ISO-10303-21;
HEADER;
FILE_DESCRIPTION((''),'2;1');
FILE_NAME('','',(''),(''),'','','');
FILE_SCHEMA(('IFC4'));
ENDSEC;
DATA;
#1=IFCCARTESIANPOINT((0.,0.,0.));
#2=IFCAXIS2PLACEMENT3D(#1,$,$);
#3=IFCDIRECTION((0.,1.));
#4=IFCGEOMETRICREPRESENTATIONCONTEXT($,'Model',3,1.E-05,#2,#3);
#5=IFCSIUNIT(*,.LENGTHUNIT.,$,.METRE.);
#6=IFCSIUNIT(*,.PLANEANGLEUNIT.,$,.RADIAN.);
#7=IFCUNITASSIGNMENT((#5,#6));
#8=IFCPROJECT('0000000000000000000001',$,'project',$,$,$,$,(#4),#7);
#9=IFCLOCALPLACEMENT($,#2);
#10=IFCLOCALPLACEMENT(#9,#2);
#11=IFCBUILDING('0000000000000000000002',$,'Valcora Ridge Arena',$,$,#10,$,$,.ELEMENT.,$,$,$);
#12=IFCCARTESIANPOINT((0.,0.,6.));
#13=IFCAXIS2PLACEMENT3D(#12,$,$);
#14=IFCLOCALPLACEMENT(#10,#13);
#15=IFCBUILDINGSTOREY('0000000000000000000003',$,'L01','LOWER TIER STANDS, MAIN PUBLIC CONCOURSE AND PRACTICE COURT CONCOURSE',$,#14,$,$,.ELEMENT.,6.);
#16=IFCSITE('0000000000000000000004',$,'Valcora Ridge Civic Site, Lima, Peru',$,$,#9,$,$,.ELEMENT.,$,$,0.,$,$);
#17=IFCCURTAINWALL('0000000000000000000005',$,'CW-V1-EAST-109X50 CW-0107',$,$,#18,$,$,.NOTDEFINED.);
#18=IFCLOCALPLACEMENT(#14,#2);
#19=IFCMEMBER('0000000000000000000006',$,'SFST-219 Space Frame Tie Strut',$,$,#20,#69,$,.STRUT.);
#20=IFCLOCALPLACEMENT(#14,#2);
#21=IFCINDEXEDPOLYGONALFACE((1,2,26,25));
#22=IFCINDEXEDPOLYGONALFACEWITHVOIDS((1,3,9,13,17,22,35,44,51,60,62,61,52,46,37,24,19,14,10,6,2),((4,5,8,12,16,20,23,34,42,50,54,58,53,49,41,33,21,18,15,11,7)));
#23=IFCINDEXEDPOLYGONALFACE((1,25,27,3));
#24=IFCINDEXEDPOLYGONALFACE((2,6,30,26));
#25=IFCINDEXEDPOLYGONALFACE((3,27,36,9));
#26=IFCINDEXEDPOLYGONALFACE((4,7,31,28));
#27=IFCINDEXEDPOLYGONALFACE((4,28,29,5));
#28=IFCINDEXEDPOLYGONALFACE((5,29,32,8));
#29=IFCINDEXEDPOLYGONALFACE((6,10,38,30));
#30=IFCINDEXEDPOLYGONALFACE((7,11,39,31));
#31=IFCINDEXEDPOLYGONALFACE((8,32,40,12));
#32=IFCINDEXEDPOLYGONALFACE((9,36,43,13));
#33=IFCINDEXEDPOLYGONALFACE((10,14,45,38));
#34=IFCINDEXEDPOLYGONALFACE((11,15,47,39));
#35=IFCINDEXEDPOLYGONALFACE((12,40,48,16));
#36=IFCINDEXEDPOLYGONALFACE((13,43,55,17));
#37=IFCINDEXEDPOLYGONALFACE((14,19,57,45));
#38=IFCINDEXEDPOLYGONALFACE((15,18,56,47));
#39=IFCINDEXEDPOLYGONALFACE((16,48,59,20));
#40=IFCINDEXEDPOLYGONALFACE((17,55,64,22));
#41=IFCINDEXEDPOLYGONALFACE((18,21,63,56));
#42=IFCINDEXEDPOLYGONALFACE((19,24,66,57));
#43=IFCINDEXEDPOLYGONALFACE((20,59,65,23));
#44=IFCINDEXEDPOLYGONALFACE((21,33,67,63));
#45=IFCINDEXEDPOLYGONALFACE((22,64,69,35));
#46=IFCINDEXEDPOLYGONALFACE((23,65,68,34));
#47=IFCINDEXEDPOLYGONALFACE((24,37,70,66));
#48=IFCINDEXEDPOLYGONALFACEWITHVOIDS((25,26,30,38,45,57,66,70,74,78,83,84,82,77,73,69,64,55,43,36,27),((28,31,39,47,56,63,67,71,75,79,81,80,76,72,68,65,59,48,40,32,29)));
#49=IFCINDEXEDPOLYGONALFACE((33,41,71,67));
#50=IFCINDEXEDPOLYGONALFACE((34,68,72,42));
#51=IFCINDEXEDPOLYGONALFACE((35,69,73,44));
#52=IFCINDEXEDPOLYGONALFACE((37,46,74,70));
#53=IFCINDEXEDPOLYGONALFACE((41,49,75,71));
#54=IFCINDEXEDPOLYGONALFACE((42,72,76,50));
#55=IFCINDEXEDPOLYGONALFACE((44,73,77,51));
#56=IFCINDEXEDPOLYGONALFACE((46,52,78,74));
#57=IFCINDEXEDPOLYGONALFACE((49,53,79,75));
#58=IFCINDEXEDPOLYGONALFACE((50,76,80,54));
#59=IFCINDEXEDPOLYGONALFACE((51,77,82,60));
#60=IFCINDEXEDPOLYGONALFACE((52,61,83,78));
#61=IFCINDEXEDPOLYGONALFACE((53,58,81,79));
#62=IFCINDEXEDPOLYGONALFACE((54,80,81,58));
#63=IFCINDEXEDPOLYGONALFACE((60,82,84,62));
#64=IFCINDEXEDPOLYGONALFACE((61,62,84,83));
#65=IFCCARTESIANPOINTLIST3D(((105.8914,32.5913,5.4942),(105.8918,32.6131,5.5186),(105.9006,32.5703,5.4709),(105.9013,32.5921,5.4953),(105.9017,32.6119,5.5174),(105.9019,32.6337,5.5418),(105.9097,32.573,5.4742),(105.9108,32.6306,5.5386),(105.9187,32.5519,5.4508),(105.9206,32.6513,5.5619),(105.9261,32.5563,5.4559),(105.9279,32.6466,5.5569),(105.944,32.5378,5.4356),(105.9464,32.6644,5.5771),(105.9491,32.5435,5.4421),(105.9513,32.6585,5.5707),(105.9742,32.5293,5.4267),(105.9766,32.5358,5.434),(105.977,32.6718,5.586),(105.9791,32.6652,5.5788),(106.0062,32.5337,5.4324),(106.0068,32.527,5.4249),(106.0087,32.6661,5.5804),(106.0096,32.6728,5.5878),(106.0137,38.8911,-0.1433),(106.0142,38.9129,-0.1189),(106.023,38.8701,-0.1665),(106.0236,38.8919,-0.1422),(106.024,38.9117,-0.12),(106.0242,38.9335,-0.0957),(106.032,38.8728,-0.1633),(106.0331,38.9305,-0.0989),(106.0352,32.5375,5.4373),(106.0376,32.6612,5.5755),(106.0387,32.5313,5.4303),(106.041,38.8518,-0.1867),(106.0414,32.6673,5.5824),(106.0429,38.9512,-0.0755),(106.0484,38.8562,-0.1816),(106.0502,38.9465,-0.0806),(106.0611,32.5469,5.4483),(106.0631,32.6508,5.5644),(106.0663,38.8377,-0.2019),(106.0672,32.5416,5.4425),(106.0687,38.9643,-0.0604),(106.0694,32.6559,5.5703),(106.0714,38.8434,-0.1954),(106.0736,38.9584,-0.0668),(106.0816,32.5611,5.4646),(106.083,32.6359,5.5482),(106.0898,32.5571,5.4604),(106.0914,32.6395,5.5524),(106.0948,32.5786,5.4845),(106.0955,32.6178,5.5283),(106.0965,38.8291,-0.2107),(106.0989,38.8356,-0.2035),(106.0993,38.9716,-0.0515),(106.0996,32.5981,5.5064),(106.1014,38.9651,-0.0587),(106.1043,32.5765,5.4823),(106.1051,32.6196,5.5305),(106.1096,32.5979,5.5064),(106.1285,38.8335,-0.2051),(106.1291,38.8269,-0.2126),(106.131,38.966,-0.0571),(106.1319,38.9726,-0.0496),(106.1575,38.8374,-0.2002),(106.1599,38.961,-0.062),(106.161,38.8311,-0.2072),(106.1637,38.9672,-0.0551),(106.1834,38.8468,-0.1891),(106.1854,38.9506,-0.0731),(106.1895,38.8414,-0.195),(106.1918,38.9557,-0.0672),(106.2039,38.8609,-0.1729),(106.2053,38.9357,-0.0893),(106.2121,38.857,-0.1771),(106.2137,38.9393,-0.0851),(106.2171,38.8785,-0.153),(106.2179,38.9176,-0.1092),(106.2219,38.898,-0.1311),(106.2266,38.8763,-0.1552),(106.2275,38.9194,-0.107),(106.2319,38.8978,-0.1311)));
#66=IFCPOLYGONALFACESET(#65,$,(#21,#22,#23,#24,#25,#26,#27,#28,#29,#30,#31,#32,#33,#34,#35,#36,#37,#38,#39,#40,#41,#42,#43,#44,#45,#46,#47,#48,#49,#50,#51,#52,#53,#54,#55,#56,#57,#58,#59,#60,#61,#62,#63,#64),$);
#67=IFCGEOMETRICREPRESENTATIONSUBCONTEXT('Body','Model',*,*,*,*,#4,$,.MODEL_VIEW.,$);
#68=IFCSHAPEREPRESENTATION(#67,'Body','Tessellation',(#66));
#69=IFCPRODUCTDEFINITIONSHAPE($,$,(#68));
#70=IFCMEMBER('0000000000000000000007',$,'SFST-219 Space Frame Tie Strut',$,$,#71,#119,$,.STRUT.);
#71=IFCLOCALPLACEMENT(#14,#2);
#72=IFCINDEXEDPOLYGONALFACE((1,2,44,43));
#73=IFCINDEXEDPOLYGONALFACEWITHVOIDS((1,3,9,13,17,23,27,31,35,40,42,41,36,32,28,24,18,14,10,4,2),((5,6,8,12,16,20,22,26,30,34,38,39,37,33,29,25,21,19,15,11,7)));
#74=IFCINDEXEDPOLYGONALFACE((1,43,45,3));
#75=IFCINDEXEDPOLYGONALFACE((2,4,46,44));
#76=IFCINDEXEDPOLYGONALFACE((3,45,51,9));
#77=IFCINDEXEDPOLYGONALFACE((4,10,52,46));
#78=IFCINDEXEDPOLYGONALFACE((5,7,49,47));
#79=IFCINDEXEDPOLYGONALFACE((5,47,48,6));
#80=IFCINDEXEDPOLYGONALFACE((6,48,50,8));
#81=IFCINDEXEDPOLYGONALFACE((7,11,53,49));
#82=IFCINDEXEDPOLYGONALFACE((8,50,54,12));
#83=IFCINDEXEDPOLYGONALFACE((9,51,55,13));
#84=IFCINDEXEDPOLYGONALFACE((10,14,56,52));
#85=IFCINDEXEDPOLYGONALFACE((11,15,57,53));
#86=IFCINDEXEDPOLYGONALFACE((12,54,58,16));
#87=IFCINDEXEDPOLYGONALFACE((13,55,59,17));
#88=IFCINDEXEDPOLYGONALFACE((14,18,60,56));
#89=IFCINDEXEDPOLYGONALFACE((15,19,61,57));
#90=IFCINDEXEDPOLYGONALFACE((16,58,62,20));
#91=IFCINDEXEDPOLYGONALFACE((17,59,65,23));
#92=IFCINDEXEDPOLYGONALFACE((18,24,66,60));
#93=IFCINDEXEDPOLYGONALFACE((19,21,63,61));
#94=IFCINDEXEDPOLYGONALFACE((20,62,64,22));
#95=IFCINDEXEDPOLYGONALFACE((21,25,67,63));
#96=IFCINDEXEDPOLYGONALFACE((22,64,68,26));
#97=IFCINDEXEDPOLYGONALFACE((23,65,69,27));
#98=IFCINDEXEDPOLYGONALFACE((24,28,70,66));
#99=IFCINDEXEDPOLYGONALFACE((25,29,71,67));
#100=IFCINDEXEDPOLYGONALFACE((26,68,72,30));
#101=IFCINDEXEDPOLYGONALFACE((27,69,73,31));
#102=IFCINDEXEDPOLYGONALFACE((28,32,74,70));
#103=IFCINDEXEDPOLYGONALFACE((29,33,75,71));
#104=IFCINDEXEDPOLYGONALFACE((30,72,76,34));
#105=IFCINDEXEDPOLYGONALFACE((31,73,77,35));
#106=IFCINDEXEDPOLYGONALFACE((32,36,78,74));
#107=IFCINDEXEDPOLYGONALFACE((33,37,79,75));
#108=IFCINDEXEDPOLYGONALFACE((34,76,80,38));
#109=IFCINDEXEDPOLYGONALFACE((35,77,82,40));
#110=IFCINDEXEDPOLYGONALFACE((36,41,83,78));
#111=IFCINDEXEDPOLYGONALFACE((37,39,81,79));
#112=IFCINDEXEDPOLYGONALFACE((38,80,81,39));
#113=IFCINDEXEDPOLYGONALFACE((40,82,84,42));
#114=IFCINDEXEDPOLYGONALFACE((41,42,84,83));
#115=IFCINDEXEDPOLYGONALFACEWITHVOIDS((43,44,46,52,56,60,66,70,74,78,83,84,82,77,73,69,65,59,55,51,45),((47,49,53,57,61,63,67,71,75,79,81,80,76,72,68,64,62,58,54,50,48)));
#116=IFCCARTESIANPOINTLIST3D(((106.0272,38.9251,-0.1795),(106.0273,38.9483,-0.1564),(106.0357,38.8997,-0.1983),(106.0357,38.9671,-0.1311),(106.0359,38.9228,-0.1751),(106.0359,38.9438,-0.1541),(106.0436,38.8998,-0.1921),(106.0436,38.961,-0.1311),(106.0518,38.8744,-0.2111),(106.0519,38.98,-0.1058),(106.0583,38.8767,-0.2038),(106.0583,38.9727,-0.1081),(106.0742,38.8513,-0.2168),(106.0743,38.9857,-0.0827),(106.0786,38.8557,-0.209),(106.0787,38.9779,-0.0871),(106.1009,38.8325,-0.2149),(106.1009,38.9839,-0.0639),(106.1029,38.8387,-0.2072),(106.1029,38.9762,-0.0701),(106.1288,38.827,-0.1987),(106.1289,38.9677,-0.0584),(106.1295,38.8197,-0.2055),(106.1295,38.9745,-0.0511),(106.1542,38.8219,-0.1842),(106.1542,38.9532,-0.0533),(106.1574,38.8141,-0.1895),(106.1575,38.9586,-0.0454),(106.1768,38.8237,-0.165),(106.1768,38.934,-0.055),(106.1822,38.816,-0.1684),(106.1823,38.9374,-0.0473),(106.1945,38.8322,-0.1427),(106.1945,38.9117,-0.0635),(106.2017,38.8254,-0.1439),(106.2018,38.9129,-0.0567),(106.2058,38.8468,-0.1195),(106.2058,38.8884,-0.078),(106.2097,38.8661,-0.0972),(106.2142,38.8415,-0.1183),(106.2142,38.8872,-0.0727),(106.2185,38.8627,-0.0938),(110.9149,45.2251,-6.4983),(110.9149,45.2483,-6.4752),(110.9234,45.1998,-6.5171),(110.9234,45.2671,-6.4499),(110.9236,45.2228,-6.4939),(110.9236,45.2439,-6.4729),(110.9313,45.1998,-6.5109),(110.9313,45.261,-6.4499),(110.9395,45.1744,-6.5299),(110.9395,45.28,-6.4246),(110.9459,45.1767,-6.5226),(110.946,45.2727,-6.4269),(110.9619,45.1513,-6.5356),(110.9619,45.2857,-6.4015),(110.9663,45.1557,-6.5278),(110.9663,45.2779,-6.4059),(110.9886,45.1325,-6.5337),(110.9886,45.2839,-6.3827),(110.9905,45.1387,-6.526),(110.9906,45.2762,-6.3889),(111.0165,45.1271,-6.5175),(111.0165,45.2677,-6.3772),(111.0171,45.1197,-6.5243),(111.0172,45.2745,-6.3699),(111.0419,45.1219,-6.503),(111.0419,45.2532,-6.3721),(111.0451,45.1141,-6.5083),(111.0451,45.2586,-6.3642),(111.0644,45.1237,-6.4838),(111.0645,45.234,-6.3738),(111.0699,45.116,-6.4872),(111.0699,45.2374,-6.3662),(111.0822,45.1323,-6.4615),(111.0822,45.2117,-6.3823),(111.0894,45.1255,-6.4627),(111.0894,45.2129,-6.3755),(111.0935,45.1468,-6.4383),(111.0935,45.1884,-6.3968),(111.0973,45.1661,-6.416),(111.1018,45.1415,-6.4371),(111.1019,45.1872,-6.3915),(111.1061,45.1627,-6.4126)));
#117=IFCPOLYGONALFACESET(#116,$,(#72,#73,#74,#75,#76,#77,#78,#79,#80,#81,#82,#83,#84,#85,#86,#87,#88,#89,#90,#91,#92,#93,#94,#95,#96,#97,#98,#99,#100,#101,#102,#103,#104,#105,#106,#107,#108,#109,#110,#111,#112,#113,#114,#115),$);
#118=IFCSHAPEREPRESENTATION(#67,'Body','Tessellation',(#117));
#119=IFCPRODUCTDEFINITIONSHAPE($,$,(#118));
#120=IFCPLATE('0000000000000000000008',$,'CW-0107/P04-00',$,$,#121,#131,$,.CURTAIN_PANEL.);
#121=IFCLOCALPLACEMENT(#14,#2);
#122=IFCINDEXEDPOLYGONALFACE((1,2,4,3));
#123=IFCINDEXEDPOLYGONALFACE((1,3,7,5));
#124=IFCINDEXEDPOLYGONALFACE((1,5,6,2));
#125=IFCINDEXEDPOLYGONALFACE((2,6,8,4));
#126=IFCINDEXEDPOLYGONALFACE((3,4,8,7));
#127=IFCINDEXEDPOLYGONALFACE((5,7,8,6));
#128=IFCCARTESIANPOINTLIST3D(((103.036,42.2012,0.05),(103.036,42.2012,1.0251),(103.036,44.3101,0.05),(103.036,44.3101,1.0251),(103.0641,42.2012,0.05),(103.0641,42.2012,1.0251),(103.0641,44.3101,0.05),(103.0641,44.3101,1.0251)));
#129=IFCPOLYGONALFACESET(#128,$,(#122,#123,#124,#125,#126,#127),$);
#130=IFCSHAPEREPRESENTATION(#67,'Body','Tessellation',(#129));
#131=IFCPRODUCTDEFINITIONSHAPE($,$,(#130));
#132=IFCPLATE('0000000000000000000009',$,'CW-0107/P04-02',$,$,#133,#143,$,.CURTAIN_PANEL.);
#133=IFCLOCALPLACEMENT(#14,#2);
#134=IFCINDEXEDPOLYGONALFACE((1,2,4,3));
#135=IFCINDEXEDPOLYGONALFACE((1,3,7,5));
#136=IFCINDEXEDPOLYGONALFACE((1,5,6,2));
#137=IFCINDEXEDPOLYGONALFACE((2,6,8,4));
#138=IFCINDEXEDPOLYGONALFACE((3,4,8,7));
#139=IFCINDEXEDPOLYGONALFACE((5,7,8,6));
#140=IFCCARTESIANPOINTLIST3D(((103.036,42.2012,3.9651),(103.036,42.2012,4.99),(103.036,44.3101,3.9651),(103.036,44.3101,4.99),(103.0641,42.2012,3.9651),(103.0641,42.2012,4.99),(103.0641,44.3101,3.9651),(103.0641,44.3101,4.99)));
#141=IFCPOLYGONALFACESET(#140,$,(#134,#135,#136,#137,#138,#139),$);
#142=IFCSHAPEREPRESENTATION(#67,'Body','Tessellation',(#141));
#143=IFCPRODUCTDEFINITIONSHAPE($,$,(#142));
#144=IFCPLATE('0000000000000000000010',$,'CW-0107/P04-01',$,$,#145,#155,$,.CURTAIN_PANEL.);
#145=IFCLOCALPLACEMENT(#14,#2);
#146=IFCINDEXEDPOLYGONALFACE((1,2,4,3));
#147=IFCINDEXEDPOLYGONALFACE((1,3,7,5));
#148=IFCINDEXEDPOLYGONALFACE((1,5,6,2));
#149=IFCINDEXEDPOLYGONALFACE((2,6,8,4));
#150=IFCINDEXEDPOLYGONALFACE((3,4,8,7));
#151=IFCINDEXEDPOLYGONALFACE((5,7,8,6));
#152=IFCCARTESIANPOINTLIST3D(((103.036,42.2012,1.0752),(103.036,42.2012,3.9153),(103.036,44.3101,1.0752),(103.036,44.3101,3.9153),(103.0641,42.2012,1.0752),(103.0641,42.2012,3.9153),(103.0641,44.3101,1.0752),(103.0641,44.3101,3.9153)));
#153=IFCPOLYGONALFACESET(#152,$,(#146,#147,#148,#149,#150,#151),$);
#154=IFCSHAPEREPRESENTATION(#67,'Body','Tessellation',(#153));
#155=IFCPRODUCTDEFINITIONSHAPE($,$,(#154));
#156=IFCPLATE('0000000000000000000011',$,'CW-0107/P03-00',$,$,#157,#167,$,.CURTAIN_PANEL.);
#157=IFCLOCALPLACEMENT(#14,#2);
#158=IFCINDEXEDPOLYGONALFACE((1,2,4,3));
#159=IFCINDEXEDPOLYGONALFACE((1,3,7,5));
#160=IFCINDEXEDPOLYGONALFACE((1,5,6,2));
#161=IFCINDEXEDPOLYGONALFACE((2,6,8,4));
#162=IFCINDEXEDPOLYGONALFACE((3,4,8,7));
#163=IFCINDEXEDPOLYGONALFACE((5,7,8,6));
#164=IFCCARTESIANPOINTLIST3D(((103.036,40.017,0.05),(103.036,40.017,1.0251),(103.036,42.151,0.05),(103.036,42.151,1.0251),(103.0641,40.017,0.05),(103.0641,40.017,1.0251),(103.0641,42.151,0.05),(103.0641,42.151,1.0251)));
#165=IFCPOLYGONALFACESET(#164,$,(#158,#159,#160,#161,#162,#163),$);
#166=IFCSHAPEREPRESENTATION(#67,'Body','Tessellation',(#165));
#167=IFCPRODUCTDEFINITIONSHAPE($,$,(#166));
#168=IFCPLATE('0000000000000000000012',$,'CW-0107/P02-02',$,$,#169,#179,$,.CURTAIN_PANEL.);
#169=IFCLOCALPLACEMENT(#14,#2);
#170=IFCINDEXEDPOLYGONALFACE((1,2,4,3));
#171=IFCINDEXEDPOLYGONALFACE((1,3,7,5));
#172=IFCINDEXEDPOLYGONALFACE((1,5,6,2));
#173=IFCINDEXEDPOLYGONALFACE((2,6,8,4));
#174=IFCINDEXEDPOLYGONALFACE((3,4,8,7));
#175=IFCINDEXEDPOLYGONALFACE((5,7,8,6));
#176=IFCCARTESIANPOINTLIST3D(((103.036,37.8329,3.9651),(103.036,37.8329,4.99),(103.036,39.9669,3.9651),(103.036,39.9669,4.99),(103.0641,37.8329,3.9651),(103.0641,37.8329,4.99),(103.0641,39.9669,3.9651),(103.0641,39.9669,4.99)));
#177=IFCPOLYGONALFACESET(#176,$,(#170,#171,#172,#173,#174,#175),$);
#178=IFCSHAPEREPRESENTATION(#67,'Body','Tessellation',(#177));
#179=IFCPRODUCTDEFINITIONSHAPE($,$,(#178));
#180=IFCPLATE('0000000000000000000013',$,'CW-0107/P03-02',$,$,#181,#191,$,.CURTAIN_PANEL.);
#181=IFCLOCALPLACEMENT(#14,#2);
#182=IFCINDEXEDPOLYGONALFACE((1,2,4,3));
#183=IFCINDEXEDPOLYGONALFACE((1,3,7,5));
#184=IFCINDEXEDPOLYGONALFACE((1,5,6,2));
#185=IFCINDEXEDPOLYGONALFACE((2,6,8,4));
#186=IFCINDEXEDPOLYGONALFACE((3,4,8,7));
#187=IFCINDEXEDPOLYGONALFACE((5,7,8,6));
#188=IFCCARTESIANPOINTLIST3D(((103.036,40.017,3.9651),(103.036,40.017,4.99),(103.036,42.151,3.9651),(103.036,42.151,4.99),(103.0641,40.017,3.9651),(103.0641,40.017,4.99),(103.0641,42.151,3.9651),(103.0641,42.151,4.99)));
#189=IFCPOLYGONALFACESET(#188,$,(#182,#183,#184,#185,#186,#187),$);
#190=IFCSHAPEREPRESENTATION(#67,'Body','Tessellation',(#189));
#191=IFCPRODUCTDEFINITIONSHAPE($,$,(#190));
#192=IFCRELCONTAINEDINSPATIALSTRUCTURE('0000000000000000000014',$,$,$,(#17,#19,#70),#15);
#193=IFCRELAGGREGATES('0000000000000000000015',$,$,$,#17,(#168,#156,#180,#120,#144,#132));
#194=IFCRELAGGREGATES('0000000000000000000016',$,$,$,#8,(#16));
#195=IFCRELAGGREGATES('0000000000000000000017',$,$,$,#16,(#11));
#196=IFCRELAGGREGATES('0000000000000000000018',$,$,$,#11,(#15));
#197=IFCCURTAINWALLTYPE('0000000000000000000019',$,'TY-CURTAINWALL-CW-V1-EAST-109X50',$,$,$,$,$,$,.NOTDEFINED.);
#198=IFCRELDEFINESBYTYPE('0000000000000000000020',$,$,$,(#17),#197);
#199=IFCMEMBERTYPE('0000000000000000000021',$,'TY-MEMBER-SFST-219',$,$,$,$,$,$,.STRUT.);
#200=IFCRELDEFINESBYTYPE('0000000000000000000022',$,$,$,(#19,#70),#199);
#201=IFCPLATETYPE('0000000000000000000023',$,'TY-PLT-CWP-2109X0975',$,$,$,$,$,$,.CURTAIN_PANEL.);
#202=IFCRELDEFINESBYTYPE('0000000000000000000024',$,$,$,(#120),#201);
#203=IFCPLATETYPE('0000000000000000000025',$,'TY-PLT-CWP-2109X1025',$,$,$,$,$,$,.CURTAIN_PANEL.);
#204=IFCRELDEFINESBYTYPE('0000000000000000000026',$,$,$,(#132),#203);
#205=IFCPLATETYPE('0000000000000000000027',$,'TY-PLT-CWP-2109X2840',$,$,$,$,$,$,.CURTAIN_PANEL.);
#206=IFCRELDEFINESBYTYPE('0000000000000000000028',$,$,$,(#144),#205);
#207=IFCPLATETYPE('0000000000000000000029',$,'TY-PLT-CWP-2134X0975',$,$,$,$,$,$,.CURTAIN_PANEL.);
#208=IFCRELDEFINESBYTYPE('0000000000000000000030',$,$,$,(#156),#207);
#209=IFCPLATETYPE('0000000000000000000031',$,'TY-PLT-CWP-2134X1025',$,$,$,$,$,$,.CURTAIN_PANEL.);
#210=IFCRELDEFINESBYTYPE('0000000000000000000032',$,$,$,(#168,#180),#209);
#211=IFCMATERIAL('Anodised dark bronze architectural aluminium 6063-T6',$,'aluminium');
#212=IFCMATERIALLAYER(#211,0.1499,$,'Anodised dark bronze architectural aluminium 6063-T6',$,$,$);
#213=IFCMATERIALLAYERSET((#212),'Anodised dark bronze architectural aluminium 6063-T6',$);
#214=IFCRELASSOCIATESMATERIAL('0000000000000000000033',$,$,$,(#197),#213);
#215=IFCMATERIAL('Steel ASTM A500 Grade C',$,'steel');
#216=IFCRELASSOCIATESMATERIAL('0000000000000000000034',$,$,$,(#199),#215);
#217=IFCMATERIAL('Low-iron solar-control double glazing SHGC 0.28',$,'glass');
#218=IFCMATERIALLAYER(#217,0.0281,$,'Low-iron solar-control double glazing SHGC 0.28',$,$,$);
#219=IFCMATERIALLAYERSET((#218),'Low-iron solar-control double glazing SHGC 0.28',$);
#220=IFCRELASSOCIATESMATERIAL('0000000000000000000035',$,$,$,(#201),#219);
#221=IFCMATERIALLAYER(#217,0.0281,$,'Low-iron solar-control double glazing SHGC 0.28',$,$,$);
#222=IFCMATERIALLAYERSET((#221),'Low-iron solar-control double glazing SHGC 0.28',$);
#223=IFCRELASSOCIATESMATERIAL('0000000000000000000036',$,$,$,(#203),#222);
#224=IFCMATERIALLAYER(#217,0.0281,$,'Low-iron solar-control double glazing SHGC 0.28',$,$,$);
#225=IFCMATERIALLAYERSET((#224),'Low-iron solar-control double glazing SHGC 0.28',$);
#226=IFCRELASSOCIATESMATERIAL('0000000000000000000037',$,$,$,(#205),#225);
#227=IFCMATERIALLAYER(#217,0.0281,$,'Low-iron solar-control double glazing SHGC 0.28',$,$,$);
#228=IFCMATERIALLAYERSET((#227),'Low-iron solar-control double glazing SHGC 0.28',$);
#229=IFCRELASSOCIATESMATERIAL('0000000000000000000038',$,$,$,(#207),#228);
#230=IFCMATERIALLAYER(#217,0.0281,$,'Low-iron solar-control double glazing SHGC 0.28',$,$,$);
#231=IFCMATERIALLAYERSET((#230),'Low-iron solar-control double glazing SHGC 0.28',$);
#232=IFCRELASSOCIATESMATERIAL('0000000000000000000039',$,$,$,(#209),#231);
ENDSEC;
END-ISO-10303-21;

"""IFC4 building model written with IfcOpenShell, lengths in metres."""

from ifc_helpers import new_model, si_unit, direction, frame, origin, origin_2d, place, context, subcontext, project, spatial, rectangle, hollow_circle, extrude, material, layer, layer_set, material_profile, profile_set, type_object, element, aggregate, save


model = new_model("IFC4")

# Units and contexts
model_context = context("Model", 3, precision=1e-05, world=origin(), true_north=direction((0.0, 1.0)))
body_context = subcontext(model_context, "Body", "Model", "MODEL_VIEW")
ifc_project = project(units=[si_unit("LENGTHUNIT", "METRE"), si_unit("PLANEANGLEUNIT", "RADIAN")], contexts=[model_context])

# Site, building, storey
site_placement = place(None, origin())
site = spatial("IfcSite", under=ifc_project, at=site_placement, Name="Valcora Ridge Civic Site, Lima, Peru", CompositionType="ELEMENT", RefElevation=0.0)
building_placement = place(site_placement, origin())
building = spatial("IfcBuilding", under=site, at=building_placement, Name="Valcora Ridge Arena", CompositionType="ELEMENT")
storey_placement = place(building_placement, frame((0.0, 0.0, 6.0)))
storey = spatial("IfcBuildingStorey", under=building, at=storey_placement, Name="L01", Description="LOWER TIER STANDS, MAIN PUBLIC CONCOURSE AND PRACTICE COURT CONCOURSE", CompositionType="ELEMENT", Elevation=6.0)

# Curtain wall
ifc_material_1 = material(Name="Anodised dark bronze architectural aluminium 6063-T6", Category="aluminium")
ifc_layer_1 = layer(ifc_material_1, 0.1499, Name="Anodised dark bronze architectural aluminium 6063-T6")
ifc_layer_set_1 = layer_set([ifc_layer_1], Name="Anodised dark bronze architectural aluminium 6063-T6")
curtain_wall_type = type_object("IfcCurtainWallType", Name="TY-CURTAINWALL-CW-V1-EAST-109X50", PredefinedType="NOTDEFINED", material=ifc_layer_set_1)
curtain_wall_placement = place(storey_placement, origin())
curtain_wall = element("IfcCurtainWall", 1, at=curtain_wall_placement, inside=storey, type_object=curtain_wall_type, Name="CW-V1-EAST-109X50 CW-0107", PredefinedType="NOTDEFINED")

# Members
ifc_material_2 = material(Name="Steel ASTM A500 Grade C", Category="steel")
ifc_material_profile_1 = material_profile(ifc_material_2, hollow_circle(Radius=0.1096, WallThickness=0.01, at=origin_2d()), Name="CHS219X10")
ifc_profile_set_1 = profile_set([ifc_material_profile_1], Name="Steel ASTM A500 Grade C")
member_type_1 = type_object("IfcMemberType", Name="TY-MEMBER-SFST-219", PredefinedType="STRUT", material=ifc_profile_set_1)
member_1_placement = place(storey_placement, frame((106.1223, 38.8999, -0.1311), z_axis=(-0.014467, -0.745117, 0.666777), x_axis=(0.999812, -0.019412, 0.0)))
element("IfcMember", 2, at=member_1_placement, inside=storey, type_object=member_type_1, Name="SFST-219 Space Frame Tie Strut", PredefinedType="STRUT", context=body_context, shape_type="SweptSolid", body=[
    extrude(hollow_circle(Radius=0.1096, WallThickness=0.01, at=origin_2d()), origin(), (0.0, 0.0, 1.0), 8.4548),
])
member_2_placement = place(storey_placement, frame((106.1223, 38.8999, -0.1311), z_axis=(0.480416, 0.619237, -0.621085), x_axis=(-0.790102, 0.612976, 0.0)))
element("IfcMember", 3, at=member_2_placement, inside=storey, type_object=member_type_1, Name="SFST-219 Space Frame Tie Strut", PredefinedType="STRUT", context=body_context, shape_type="SweptSolid", body=[
    extrude(hollow_circle(Radius=0.1096, WallThickness=0.01, at=origin_2d()), origin(), (0.0, 0.0, 1.0), 10.1738),
])

# Plates
ifc_material_3 = material(Name="Low-iron solar-control double glazing SHGC 0.28", Category="glass")
ifc_layer_2 = layer(ifc_material_3, 0.0281, Name="Low-iron solar-control double glazing SHGC 0.28")
ifc_layer_set_2 = layer_set([ifc_layer_2], Name="Low-iron solar-control double glazing SHGC 0.28")
plate_type_1 = type_object("IfcPlateType", Name="TY-PLT-CWP-2109X0975", PredefinedType="CURTAIN_PANEL", material=ifc_layer_set_2)
plate_1_placement = place(storey_placement, frame((103.05, 43.2556, 0.05), z_axis=(0.0, 0.0, 1.0), x_axis=(0.0, 1.0, 0.0)))
plate_1 = element("IfcPlate", 4, at=plate_1_placement, type_object=plate_type_1, Name="CW-0107/P04-00", PredefinedType="CURTAIN_PANEL", context=body_context, shape_type="SweptSolid", body=[
    extrude(rectangle(XDim=2.1089, YDim=0.0281, at=origin_2d()), origin(), (0.0, 0.0, 1.0), 0.9751),
])
ifc_layer_3 = layer(ifc_material_3, 0.0281, Name="Low-iron solar-control double glazing SHGC 0.28")
ifc_layer_set_3 = layer_set([ifc_layer_3], Name="Low-iron solar-control double glazing SHGC 0.28")
plate_type_2 = type_object("IfcPlateType", Name="TY-PLT-CWP-2109X1025", PredefinedType="CURTAIN_PANEL", material=ifc_layer_set_3)
plate_2_placement = place(storey_placement, frame((103.05, 43.2556, 3.9651), z_axis=(0.0, 0.0, 1.0), x_axis=(0.0, 1.0, 0.0)))
plate_2 = element("IfcPlate", 5, at=plate_2_placement, type_object=plate_type_2, Name="CW-0107/P04-02", PredefinedType="CURTAIN_PANEL", context=body_context, shape_type="SweptSolid", body=[
    extrude(rectangle(XDim=2.1089, YDim=0.0281, at=origin_2d()), origin(), (0.0, 0.0, 1.0), 1.0249),
])
ifc_layer_4 = layer(ifc_material_3, 0.0281, Name="Low-iron solar-control double glazing SHGC 0.28")
ifc_layer_set_4 = layer_set([ifc_layer_4], Name="Low-iron solar-control double glazing SHGC 0.28")
plate_type_3 = type_object("IfcPlateType", Name="TY-PLT-CWP-2109X2840", PredefinedType="CURTAIN_PANEL", material=ifc_layer_set_4)
plate_3_placement = place(storey_placement, frame((103.05, 43.2556, 1.0752), z_axis=(0.0, 0.0, 1.0), x_axis=(0.0, 1.0, 0.0)))
plate_3 = element("IfcPlate", 6, at=plate_3_placement, type_object=plate_type_3, Name="CW-0107/P04-01", PredefinedType="CURTAIN_PANEL", context=body_context, shape_type="SweptSolid", body=[
    extrude(rectangle(XDim=2.1089, YDim=0.0281, at=origin_2d()), origin(), (0.0, 0.0, 1.0), 2.8401),
])
ifc_layer_5 = layer(ifc_material_3, 0.0281, Name="Low-iron solar-control double glazing SHGC 0.28")
ifc_layer_set_5 = layer_set([ifc_layer_5], Name="Low-iron solar-control double glazing SHGC 0.28")
plate_type_4 = type_object("IfcPlateType", Name="TY-PLT-CWP-2134X0975", PredefinedType="CURTAIN_PANEL", material=ifc_layer_set_5)
plate_4_placement = place(storey_placement, frame((103.05, 41.084, 0.05), z_axis=(0.0, 0.0, 1.0), x_axis=(0.0, 1.0, 0.0)))
plate_4 = element("IfcPlate", 7, at=plate_4_placement, type_object=plate_type_4, Name="CW-0107/P03-00", PredefinedType="CURTAIN_PANEL", context=body_context, shape_type="SweptSolid", body=[
    extrude(rectangle(XDim=2.134, YDim=0.0281, at=origin_2d()), origin(), (0.0, 0.0, 1.0), 0.9751),
])
ifc_layer_6 = layer(ifc_material_3, 0.0281, Name="Low-iron solar-control double glazing SHGC 0.28")
ifc_layer_set_6 = layer_set([ifc_layer_6], Name="Low-iron solar-control double glazing SHGC 0.28")
plate_type_5 = type_object("IfcPlateType", Name="TY-PLT-CWP-2134X1025", PredefinedType="CURTAIN_PANEL", material=ifc_layer_set_6)
plate_5_placement = place(storey_placement, frame((103.05, 38.8999, 3.9651), z_axis=(0.0, 0.0, 1.0), x_axis=(0.0, 1.0, 0.0)))
plate_5 = element("IfcPlate", 8, at=plate_5_placement, type_object=plate_type_5, Name="CW-0107/P02-02", PredefinedType="CURTAIN_PANEL", context=body_context, shape_type="SweptSolid", body=[
    extrude(rectangle(XDim=2.134, YDim=0.0281, at=origin_2d()), origin(), (0.0, 0.0, 1.0), 1.0249),
])
plate_6_placement = place(storey_placement, frame((103.05, 41.084, 3.9651), z_axis=(0.0, 0.0, 1.0), x_axis=(0.0, 1.0, 0.0)))
plate_6 = element("IfcPlate", 9, at=plate_6_placement, type_object=plate_type_5, Name="CW-0107/P03-02", PredefinedType="CURTAIN_PANEL", context=body_context, shape_type="SweptSolid", body=[
    extrude(rectangle(XDim=2.134, YDim=0.0281, at=origin_2d()), origin(), (0.0, 0.0, 1.0), 1.0249),
])
aggregate(curtain_wall, [plate_5, plate_4, plate_6, plate_1, plate_3, plate_2])

save(model, "model.ifc")
